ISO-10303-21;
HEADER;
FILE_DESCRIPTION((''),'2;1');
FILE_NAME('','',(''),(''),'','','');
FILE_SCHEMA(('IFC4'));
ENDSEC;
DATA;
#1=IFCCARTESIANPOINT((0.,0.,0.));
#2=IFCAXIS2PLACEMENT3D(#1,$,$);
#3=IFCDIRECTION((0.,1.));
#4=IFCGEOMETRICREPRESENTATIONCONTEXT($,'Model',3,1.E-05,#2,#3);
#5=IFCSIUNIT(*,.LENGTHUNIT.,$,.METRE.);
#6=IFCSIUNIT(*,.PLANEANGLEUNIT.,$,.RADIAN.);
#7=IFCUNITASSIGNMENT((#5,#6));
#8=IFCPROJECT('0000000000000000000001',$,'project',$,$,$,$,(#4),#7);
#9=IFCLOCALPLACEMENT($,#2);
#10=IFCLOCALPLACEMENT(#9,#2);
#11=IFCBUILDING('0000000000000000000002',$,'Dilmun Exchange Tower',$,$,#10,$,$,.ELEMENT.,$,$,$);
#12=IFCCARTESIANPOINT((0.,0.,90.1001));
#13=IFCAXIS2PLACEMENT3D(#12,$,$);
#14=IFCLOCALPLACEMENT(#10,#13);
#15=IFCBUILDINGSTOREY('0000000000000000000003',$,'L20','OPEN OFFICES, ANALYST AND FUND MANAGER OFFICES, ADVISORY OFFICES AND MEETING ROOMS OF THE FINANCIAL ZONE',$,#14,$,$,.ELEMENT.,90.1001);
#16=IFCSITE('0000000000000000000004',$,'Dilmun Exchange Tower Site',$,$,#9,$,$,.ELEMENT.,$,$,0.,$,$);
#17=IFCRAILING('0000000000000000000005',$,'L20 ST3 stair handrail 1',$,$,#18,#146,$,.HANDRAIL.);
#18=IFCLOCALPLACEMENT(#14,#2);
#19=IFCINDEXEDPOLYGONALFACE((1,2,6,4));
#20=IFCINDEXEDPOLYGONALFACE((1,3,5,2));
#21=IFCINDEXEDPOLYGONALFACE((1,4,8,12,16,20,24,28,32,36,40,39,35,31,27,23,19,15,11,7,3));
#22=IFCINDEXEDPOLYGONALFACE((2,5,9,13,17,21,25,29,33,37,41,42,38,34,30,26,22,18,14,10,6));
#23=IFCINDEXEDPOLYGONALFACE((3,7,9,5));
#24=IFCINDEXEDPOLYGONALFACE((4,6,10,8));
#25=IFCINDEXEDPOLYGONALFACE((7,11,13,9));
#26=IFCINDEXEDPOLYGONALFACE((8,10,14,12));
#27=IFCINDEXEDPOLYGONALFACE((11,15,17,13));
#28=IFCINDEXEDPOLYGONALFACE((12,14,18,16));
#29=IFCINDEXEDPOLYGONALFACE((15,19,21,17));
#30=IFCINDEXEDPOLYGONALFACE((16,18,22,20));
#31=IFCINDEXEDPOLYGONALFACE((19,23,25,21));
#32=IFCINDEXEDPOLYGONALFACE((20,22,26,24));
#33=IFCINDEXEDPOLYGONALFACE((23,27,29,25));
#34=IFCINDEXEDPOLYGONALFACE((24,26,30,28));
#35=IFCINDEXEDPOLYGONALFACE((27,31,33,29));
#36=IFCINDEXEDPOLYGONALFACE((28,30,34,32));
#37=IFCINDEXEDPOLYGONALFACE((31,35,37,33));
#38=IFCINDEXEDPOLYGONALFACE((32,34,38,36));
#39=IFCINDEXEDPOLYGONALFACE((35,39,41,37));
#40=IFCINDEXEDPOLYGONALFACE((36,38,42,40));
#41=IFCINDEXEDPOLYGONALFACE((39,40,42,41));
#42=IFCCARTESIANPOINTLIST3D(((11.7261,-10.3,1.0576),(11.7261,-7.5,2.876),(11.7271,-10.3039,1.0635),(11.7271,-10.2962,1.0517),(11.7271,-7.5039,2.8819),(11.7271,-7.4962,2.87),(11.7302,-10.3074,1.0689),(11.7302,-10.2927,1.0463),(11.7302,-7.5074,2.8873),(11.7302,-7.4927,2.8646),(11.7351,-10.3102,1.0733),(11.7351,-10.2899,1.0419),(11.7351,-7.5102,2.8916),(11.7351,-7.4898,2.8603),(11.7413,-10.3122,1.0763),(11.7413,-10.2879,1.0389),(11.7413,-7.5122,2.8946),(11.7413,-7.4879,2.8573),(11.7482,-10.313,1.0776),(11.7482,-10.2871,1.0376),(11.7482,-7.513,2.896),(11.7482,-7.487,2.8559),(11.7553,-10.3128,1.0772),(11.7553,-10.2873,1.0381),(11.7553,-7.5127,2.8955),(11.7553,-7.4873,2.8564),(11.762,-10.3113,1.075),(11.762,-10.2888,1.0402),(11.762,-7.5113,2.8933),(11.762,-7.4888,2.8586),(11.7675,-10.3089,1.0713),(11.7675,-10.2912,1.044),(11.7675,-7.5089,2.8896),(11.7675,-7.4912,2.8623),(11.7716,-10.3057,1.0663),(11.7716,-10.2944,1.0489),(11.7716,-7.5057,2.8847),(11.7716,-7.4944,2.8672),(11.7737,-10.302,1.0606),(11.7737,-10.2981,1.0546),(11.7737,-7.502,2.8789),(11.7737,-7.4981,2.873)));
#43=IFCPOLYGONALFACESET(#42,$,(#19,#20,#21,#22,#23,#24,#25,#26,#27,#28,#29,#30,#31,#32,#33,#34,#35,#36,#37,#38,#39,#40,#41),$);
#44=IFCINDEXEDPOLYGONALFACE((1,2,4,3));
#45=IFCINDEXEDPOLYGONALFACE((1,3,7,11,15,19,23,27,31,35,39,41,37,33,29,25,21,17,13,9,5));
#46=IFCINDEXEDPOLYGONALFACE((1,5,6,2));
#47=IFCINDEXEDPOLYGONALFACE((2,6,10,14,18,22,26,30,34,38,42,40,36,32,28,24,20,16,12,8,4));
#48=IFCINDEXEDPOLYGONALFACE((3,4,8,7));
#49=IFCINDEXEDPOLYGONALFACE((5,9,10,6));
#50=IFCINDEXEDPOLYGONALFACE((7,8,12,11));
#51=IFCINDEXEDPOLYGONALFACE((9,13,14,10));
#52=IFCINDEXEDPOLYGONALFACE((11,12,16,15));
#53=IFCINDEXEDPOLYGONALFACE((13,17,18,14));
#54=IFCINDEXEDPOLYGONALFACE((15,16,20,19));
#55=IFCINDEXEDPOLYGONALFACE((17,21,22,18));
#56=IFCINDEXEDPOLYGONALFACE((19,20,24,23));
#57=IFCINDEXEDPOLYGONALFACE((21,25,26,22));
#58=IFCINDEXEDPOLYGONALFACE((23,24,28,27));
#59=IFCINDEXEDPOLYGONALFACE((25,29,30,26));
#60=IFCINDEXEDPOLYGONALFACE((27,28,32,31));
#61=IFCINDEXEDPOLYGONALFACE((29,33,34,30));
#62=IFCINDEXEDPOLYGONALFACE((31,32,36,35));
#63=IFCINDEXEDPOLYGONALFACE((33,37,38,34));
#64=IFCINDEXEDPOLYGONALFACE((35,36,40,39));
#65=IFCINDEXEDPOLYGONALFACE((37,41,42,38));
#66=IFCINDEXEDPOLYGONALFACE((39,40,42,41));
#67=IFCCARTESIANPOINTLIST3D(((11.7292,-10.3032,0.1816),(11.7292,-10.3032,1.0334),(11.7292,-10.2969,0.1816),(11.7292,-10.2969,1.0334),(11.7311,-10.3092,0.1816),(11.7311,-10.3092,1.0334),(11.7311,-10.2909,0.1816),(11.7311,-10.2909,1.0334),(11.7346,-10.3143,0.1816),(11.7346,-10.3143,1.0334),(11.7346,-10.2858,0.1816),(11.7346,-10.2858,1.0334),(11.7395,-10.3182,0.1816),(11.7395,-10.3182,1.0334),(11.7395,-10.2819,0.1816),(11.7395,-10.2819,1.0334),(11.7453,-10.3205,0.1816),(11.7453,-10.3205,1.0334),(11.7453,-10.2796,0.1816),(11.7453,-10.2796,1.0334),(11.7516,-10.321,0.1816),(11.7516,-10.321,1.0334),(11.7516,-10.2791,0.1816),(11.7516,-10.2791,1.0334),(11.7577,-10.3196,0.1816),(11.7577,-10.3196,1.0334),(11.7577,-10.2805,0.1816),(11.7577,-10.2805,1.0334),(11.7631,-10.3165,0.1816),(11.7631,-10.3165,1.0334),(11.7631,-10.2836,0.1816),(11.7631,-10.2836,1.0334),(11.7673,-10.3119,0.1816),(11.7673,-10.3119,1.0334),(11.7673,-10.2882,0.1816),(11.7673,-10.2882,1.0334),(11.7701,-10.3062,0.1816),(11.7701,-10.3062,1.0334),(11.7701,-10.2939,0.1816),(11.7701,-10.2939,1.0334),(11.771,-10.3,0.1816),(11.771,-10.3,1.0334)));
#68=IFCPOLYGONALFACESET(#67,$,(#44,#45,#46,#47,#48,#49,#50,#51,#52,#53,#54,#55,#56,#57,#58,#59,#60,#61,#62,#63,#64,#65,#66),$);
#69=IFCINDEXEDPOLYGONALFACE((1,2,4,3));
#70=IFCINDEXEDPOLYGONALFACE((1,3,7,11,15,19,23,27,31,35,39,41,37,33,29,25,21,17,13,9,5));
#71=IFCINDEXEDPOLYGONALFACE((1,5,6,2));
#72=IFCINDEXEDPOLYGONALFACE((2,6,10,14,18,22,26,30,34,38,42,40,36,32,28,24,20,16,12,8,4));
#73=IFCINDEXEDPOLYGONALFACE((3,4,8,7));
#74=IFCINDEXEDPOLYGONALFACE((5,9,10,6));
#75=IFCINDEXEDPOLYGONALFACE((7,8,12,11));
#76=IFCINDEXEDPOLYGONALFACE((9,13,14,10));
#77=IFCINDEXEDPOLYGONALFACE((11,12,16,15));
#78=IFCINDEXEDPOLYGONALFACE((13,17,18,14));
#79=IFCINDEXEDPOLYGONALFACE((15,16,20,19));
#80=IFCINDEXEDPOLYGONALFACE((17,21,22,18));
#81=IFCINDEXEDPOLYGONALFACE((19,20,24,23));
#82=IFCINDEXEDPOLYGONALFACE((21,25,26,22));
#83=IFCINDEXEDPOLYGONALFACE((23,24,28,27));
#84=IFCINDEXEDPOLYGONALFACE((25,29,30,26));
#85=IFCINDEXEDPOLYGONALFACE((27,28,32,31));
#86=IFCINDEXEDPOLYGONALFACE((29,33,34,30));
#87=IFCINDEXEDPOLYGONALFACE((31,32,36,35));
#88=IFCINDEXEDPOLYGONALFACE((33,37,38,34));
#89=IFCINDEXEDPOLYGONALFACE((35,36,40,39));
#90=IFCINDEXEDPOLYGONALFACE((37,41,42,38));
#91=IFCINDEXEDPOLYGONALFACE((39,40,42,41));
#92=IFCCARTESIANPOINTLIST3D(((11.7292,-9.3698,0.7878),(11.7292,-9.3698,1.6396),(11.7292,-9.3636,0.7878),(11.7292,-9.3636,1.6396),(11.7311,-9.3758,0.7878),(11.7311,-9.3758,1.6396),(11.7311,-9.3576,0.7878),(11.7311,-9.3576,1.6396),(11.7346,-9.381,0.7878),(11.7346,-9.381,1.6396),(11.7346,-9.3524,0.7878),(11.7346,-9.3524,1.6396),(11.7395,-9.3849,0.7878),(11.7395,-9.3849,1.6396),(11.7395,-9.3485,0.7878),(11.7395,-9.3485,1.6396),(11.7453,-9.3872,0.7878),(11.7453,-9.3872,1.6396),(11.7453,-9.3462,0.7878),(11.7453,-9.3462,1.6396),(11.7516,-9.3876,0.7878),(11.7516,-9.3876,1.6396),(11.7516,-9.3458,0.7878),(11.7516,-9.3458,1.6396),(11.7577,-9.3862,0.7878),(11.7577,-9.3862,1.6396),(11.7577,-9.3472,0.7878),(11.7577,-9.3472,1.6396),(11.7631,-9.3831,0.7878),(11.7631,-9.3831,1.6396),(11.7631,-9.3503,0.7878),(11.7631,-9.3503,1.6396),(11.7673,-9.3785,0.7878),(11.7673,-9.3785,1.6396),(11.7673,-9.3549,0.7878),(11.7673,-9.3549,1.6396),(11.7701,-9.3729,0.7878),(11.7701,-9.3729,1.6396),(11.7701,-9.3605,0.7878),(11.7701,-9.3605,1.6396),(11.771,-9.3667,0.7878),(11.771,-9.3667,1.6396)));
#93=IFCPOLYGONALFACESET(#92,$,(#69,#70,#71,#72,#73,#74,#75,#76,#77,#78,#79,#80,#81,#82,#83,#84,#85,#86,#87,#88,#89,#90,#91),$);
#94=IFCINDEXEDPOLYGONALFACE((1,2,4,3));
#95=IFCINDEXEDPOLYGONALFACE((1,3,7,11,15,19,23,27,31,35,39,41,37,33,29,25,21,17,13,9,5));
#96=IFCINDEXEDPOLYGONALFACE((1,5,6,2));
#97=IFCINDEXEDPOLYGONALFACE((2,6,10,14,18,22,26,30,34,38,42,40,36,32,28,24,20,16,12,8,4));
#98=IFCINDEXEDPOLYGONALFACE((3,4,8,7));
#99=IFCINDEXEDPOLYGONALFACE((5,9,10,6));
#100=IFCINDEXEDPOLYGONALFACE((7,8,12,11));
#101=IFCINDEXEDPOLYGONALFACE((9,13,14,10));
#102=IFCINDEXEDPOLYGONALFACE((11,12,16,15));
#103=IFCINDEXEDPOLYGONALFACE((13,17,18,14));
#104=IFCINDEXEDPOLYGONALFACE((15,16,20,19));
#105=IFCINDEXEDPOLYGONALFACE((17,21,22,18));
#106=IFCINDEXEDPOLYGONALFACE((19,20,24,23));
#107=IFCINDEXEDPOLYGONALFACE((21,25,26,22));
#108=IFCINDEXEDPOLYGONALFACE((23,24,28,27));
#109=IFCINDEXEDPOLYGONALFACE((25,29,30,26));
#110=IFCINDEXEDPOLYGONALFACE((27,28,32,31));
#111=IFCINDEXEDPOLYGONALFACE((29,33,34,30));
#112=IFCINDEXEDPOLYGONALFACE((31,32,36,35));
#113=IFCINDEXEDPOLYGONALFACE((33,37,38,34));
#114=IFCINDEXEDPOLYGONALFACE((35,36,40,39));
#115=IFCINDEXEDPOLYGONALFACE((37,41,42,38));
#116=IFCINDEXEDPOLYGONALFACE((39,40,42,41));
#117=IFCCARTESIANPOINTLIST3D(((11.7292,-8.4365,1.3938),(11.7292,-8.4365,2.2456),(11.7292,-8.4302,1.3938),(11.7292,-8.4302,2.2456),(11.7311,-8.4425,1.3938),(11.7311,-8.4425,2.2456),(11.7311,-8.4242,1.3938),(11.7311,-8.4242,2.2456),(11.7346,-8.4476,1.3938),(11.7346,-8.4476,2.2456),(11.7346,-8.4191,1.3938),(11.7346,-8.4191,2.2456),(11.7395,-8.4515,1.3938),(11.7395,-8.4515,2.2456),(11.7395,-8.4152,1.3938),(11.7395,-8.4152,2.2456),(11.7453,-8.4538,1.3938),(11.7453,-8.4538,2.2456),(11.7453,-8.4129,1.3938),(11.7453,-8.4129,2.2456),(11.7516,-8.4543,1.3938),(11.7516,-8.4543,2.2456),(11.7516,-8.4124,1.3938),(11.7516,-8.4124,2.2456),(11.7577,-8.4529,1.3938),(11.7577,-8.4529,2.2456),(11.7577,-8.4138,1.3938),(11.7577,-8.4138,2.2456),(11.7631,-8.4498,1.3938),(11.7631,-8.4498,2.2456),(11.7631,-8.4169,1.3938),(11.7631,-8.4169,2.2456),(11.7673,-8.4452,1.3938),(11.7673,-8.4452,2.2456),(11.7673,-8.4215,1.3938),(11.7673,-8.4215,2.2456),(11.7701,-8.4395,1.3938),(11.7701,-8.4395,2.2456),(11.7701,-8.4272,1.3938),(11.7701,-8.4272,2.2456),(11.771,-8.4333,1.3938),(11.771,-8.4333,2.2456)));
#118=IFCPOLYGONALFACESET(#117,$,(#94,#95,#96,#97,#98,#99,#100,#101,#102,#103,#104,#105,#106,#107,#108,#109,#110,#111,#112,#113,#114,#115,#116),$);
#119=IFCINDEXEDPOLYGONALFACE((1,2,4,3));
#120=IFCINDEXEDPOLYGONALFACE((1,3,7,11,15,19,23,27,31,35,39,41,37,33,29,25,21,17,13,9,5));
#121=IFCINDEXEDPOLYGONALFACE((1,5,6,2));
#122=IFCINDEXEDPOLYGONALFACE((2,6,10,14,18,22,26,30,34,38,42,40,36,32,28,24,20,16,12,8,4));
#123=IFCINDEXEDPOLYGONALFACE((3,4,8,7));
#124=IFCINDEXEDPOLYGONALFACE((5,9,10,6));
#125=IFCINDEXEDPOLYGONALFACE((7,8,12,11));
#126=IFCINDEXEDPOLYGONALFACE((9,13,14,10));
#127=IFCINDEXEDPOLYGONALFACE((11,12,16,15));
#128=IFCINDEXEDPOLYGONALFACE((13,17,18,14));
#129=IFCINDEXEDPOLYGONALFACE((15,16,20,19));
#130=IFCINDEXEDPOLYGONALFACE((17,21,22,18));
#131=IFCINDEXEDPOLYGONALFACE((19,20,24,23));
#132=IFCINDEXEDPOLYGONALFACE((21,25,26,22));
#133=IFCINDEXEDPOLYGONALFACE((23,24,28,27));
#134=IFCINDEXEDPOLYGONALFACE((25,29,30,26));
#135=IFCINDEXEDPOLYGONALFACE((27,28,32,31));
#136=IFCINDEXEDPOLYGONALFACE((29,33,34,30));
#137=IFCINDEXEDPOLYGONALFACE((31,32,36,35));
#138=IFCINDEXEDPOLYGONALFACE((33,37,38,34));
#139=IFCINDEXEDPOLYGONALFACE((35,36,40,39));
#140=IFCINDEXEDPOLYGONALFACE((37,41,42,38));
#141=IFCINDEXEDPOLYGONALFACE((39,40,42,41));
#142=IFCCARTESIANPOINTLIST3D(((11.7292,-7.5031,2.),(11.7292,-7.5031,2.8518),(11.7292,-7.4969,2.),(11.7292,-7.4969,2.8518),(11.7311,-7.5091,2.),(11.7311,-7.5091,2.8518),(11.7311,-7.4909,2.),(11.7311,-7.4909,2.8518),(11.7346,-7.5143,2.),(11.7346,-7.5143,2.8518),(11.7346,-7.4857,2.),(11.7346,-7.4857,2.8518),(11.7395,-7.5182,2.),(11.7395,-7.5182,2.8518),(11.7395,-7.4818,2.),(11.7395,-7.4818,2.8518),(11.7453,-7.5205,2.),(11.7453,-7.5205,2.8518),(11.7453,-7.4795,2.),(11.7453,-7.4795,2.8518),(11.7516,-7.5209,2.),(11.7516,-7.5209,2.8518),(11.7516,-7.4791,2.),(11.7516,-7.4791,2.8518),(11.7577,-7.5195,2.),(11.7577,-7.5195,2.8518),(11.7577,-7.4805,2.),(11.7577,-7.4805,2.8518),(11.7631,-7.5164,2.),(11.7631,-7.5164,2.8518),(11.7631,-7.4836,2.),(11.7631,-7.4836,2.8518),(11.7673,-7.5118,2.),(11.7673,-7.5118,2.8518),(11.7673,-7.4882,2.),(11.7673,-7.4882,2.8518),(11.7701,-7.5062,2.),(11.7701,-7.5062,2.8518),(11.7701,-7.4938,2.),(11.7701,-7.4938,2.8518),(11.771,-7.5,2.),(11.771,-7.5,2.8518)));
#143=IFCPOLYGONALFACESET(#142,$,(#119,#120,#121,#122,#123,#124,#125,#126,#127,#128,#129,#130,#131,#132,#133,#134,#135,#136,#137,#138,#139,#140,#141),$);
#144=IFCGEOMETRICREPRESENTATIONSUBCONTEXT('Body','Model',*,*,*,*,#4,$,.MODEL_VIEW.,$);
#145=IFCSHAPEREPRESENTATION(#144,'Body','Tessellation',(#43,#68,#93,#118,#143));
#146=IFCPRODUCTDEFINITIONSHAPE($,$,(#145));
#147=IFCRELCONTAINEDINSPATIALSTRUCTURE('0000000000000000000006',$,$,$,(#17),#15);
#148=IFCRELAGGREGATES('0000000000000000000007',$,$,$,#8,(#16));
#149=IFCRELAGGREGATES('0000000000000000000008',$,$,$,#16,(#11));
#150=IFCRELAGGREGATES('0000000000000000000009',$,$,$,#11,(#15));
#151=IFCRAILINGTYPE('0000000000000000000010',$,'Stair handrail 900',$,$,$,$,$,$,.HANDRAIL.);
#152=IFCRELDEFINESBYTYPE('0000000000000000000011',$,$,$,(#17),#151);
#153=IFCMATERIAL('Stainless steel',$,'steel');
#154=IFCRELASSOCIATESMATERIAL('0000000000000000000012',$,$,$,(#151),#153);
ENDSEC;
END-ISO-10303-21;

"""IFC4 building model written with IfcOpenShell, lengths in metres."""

from ifc_helpers import new_model, si_unit, direction, frame, origin, origin_2d, place, context, subcontext, project, spatial, circle, extrude, material, type_object, element, save


model = new_model("IFC4")

# Units and contexts
model_context = context("Model", 3, precision=1e-05, world=origin(), true_north=direction((0.0, 1.0)))
body_context = subcontext(model_context, "Body", "Model", "MODEL_VIEW")
ifc_project = project(units=[si_unit("LENGTHUNIT", "METRE"), si_unit("PLANEANGLEUNIT", "RADIAN")], contexts=[model_context])

# Site, building, storey
site_placement = place(None, origin())
site = spatial("IfcSite", under=ifc_project, at=site_placement, Name="Dilmun Exchange Tower Site", CompositionType="ELEMENT", RefElevation=0.0)
building_placement = place(site_placement, origin())
building = spatial("IfcBuilding", under=site, at=building_placement, Name="Dilmun Exchange Tower", CompositionType="ELEMENT")
storey_placement = place(building_placement, frame((0.0, 0.0, 90.1001)))
storey = spatial("IfcBuildingStorey", under=building, at=storey_placement, Name="L20", Description="OPEN OFFICES, ANALYST AND FUND MANAGER OFFICES, ADVISORY OFFICES AND MEETING ROOMS OF THE FINANCIAL ZONE", CompositionType="ELEMENT", Elevation=90.1001)

# Railing
ifc_material_1 = material(Name="Stainless steel", Category="steel")
railing_type = type_object("IfcRailingType", Name="Stair handrail 900", PredefinedType="HANDRAIL", material=ifc_material_1)
railing_placement = place(storey_placement, frame((11.75, -10.3, 0.1816)))
element("IfcRailing", 1, at=railing_placement, inside=storey, type_object=railing_type, Name="L20 ST3 stair handrail 1", PredefinedType="HANDRAIL", context=body_context, shape_type="SweptSolid", body=[
    extrude(circle(Radius=0.0239, at=origin_2d()), frame((0.0, 0.0, 0.876), z_axis=(0.0, 0.838672, 0.544636), x_axis=(-1.0, 0.0, 0.0)), (0.0, 0.0, 1.0), 3.3386),
    extrude(circle(Radius=0.021, at=origin_2d()), origin(), (0.0, 0.0, 1.0), 0.8518),
    extrude(circle(Radius=0.021, at=origin_2d()), frame((0.0, 0.9333, 0.6062)), (0.0, 0.0, 1.0), 0.8518),
    extrude(circle(Radius=0.021, at=origin_2d()), frame((0.0, 1.8667, 1.2122)), (0.0, 0.0, 1.0), 0.8518),
    extrude(circle(Radius=0.021, at=origin_2d()), frame((0.0, 2.8, 1.8184)), (0.0, 0.0, 1.0), 0.8518),
])

save(model, "model.ifc")
